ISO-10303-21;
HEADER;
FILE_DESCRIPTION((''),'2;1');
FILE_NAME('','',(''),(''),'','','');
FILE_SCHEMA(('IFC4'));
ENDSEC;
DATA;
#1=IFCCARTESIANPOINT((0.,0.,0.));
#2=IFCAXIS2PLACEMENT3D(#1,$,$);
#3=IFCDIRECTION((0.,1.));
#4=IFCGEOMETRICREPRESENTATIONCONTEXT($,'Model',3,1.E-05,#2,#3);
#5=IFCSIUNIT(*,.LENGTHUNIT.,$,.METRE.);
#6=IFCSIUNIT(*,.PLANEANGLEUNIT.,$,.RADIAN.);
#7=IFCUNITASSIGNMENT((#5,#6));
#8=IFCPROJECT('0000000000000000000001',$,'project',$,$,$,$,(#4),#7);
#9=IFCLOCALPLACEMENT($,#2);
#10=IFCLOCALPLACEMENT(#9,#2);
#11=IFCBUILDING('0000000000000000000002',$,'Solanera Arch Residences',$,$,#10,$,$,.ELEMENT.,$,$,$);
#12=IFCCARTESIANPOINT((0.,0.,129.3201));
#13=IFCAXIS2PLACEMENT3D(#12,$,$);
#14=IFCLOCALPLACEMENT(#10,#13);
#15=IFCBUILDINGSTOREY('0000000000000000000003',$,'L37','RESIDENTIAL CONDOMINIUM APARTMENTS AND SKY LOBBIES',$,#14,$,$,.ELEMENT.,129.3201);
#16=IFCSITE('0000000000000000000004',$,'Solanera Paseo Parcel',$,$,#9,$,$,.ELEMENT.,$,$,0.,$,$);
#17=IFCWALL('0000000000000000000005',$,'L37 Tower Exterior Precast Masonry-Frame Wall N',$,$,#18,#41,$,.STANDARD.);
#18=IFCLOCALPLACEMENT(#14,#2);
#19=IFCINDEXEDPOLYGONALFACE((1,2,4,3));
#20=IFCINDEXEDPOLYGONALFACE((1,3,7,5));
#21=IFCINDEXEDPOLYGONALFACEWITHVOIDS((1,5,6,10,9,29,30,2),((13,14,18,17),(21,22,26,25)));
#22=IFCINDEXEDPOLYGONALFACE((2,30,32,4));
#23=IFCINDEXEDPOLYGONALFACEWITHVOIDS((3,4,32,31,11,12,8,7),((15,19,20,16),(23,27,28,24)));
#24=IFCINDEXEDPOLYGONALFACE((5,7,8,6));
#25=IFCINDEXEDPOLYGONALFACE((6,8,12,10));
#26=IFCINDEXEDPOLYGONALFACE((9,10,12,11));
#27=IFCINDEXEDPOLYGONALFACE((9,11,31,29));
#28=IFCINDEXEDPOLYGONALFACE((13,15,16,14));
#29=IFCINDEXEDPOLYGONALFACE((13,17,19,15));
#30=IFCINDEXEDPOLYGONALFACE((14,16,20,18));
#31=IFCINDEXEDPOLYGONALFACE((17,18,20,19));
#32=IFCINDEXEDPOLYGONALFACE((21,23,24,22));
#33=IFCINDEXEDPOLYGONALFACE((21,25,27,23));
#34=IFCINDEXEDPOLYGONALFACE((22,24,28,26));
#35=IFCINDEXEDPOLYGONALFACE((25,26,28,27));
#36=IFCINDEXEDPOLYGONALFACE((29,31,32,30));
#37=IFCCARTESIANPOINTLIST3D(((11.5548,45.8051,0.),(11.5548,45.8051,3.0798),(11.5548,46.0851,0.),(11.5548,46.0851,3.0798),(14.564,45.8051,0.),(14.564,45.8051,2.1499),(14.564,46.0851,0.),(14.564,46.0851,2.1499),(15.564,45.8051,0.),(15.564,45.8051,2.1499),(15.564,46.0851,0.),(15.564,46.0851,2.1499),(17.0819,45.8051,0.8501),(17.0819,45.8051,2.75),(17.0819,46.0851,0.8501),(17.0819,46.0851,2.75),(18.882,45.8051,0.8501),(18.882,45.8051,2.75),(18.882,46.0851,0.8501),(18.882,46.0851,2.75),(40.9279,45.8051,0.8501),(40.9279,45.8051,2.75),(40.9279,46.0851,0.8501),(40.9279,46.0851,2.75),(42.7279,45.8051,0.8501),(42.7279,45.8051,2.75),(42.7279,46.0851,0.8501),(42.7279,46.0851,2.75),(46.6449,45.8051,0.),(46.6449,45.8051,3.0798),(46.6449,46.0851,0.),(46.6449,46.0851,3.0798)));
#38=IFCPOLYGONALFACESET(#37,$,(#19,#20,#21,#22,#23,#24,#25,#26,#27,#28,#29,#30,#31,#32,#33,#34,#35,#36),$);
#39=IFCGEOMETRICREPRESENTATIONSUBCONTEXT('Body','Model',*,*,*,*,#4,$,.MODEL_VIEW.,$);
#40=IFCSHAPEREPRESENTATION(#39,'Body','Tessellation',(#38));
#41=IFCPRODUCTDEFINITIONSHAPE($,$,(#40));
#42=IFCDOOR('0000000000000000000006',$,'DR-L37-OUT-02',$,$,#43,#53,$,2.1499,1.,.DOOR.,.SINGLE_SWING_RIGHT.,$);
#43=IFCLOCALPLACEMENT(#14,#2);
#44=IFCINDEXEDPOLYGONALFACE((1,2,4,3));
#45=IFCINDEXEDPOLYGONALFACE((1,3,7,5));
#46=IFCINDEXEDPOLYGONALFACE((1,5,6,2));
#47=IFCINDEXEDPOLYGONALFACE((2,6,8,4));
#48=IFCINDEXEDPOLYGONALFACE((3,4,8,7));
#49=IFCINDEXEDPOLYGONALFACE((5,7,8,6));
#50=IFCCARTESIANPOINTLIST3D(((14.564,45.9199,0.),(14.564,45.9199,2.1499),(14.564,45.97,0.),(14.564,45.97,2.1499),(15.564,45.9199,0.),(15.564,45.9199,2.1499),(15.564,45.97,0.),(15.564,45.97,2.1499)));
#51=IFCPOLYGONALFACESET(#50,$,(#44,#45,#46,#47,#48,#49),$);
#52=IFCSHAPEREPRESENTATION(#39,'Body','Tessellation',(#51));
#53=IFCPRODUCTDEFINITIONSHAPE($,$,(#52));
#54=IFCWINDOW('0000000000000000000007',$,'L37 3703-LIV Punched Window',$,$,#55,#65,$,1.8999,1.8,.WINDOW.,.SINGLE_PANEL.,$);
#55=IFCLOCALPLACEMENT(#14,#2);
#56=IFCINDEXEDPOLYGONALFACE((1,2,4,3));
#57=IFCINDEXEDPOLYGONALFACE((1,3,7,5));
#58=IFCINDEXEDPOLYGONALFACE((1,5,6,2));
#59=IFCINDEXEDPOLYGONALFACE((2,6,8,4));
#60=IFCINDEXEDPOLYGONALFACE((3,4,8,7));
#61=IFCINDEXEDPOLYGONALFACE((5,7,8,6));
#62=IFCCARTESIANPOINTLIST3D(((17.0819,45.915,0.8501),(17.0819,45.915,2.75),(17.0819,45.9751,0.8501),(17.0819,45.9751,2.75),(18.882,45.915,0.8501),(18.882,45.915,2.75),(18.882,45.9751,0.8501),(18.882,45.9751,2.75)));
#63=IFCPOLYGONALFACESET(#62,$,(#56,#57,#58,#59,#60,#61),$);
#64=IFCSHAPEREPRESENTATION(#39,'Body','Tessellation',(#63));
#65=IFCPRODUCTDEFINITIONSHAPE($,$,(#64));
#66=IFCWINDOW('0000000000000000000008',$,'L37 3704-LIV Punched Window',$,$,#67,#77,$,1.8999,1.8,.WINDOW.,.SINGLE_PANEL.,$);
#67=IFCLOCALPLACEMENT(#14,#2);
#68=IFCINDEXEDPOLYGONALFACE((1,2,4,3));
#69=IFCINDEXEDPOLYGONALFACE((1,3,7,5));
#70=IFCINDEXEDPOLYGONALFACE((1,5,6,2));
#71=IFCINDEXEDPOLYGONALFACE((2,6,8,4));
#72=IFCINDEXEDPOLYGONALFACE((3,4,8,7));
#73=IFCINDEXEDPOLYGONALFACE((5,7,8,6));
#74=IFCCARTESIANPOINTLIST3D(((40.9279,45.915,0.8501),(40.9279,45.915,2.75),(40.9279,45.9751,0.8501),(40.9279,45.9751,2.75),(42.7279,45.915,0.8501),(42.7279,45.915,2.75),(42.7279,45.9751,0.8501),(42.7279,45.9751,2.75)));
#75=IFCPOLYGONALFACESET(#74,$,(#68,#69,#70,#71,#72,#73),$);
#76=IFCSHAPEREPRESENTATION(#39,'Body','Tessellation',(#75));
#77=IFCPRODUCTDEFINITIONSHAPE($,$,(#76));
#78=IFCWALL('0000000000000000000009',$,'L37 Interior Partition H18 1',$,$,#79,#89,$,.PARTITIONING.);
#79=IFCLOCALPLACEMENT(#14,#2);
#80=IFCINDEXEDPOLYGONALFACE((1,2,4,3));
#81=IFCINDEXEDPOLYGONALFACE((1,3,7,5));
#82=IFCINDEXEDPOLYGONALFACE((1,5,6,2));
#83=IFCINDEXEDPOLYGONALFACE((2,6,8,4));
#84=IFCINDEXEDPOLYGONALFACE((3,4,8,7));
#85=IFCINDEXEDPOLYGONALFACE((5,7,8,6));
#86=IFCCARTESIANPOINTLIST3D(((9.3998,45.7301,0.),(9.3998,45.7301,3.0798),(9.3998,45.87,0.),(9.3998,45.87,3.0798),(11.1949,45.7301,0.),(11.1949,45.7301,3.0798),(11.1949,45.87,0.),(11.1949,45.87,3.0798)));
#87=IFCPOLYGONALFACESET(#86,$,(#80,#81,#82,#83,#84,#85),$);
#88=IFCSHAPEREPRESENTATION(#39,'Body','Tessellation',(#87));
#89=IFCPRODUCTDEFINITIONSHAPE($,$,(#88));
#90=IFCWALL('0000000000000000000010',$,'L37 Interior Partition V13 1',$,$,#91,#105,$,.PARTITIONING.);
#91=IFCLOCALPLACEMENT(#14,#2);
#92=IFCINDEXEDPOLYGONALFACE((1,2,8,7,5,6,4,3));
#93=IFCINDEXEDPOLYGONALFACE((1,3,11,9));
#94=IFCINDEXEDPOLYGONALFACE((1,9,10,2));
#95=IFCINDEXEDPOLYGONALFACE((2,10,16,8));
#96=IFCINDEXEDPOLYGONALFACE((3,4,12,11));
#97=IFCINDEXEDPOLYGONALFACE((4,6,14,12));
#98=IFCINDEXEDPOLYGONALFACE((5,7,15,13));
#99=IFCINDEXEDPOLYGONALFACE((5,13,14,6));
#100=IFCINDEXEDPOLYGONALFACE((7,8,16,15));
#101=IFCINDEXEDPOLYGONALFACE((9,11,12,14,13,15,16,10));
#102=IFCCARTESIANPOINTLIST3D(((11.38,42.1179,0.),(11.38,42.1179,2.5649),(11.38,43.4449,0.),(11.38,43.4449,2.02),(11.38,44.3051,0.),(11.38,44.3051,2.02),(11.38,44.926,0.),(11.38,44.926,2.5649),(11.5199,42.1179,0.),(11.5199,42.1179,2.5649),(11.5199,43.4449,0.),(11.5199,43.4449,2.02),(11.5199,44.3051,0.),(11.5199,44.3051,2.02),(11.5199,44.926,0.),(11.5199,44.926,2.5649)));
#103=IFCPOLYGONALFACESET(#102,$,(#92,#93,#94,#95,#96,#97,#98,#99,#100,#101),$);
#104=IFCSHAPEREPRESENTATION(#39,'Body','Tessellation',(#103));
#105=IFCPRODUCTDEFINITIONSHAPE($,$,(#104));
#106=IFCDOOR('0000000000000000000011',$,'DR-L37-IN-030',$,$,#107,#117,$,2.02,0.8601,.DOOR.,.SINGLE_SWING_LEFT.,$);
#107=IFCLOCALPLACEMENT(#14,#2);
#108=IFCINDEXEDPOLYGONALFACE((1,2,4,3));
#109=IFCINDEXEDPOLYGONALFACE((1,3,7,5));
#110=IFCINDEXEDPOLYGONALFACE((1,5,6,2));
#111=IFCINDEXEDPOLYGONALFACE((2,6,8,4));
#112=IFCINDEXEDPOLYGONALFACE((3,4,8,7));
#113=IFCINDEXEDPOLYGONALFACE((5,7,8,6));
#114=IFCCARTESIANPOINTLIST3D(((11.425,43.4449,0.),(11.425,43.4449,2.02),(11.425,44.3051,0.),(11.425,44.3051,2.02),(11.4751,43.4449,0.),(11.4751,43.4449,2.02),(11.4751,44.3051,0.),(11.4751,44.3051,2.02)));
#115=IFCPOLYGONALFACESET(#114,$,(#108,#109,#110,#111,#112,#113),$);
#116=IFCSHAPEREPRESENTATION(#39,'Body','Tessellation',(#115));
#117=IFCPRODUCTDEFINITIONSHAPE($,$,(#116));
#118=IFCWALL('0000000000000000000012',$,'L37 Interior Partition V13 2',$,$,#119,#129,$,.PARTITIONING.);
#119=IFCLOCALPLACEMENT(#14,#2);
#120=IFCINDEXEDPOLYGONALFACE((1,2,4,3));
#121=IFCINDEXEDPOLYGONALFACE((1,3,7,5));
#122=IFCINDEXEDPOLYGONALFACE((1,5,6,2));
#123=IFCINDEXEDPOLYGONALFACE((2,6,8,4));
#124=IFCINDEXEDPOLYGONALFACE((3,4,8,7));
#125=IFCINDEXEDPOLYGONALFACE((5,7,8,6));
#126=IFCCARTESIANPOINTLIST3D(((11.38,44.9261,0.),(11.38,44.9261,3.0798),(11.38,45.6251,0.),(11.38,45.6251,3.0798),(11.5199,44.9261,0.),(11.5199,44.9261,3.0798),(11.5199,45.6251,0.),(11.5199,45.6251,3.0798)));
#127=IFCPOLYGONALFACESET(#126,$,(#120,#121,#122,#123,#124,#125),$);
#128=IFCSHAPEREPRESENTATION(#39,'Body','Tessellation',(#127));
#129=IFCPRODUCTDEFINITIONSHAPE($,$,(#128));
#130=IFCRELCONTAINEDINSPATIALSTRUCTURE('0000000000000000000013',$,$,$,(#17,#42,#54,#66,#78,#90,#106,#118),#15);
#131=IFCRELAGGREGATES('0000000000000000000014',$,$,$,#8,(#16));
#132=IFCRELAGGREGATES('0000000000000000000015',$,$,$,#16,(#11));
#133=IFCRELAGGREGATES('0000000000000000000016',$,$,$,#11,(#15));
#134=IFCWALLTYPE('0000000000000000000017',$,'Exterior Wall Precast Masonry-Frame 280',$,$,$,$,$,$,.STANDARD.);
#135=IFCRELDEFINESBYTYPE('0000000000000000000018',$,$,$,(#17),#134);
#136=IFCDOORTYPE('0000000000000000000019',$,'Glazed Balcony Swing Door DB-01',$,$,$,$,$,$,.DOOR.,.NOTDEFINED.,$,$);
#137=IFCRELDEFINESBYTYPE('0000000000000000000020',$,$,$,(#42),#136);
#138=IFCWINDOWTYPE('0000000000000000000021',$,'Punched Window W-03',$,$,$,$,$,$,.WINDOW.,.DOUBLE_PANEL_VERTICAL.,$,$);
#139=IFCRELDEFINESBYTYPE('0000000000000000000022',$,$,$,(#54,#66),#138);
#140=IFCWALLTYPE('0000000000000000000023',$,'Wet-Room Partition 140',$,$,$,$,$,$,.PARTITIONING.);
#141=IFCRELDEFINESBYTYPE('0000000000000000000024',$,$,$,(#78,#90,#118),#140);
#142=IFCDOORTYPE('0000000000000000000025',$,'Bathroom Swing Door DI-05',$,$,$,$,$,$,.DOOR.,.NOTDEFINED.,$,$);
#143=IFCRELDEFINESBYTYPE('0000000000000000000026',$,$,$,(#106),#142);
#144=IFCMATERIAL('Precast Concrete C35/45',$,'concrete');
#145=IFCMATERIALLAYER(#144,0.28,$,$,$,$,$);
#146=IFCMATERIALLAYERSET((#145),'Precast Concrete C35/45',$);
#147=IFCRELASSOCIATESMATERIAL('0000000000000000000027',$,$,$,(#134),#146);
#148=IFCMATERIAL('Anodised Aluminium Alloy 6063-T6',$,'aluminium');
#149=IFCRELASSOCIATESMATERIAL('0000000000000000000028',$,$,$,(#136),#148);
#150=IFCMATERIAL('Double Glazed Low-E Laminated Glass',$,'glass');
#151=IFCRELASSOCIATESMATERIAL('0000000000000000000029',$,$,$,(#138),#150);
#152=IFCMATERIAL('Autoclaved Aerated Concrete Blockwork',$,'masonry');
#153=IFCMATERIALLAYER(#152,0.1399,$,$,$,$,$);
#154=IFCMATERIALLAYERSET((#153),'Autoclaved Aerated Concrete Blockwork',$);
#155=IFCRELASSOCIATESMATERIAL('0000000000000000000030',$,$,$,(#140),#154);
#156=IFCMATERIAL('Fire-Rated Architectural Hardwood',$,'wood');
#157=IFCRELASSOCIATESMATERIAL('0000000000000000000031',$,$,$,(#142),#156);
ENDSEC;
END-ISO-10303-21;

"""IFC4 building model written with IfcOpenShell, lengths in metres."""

from ifc_helpers import new_model, si_unit, direction, frame, frame_2d, origin, place, context, subcontext, project, spatial, rectangle, extrude, material, layer, layer_set, type_object, element, fill, save


model = new_model("IFC4")

# Units and contexts
model_context = context("Model", 3, precision=1e-05, world=origin(), true_north=direction((0.0, 1.0)))
body_context = subcontext(model_context, "Body", "Model", "MODEL_VIEW")
ifc_project = project(units=[si_unit("LENGTHUNIT", "METRE"), si_unit("PLANEANGLEUNIT", "RADIAN")], contexts=[model_context])

# Site, building, storey
site_placement = place(None, origin())
site = spatial("IfcSite", under=ifc_project, at=site_placement, Name="Solanera Paseo Parcel", CompositionType="ELEMENT", RefElevation=0.0)
building_placement = place(site_placement, origin())
building = spatial("IfcBuilding", under=site, at=building_placement, Name="Solanera Arch Residences", CompositionType="ELEMENT")
storey_placement = place(building_placement, frame((0.0, 0.0, 129.3201)))
storey = spatial("IfcBuildingStorey", under=building, at=storey_placement, Name="L37", Description="RESIDENTIAL CONDOMINIUM APARTMENTS AND SKY LOBBIES", CompositionType="ELEMENT", Elevation=129.3201)

# Shared definitions
ifc_material_1 = material(Name="Precast Concrete C35/45", Category="concrete")
ifc_layer_1 = layer(ifc_material_1, 0.28)
ifc_layer_set_1 = layer_set([ifc_layer_1], Name="Precast Concrete C35/45")
wall_type_1 = type_object("IfcWallType", Name="Exterior Wall Precast Masonry-Frame 280", PredefinedType="STANDARD", material=ifc_layer_set_1)

# Wall, openings, door, windows
wall_1_placement = place(storey_placement, frame((11.5549, 45.9451, 0.0), z_axis=(0.0, 0.0, 1.0), x_axis=(1.0, 0.0, 0.0)))
wall_1 = element("IfcWall", 1, at=wall_1_placement, inside=storey, type_object=wall_type_1, Name="L37 Tower Exterior Precast Masonry-Frame Wall N", PredefinedType="STANDARD", context=body_context, shape_type="SweptSolid", body=[
    extrude(rectangle(XDim=35.0901, YDim=0.28, at=frame_2d((17.5449, 0.0))), origin(), (0.0, 0.0, 1.0), 3.0798),
])
opening_1_placement = place(wall_1_placement, frame((3.009, 0.0, 0.0)))
opening_1 = element("IfcOpeningElement", 2, at=opening_1_placement, cuts=wall_1, PredefinedType="OPENING", context=body_context, shape_type="SweptSolid", body=[
    extrude(rectangle(XDim=1.0, YDim=2.1499, at=frame_2d((0.5, 1.075))), frame((0.0, 0.1499, 0.0), z_axis=(0.0, -1.0, 0.0), x_axis=(1.0, 0.0, 0.0)), (0.0, 0.0, 1.0), 0.3),
])
opening_2_placement = place(wall_1_placement, frame((5.5271, 0.0, 0.8501)))
opening_2 = element("IfcOpeningElement", 3, at=opening_2_placement, cuts=wall_1, PredefinedType="OPENING", context=body_context, shape_type="SweptSolid", body=[
    extrude(rectangle(XDim=1.8, YDim=1.8999, at=frame_2d((0.8999, 0.95))), frame((0.0, 0.1499, 0.0), z_axis=(0.0, -1.0, 0.0), x_axis=(1.0, 0.0, 0.0)), (0.0, 0.0, 1.0), 0.3),
])
opening_3_placement = place(wall_1_placement, frame((29.373, 0.0, 0.8501)))
opening_3 = element("IfcOpeningElement", 4, at=opening_3_placement, cuts=wall_1, PredefinedType="OPENING", context=body_context, shape_type="SweptSolid", body=[
    extrude(rectangle(XDim=1.8, YDim=1.8999, at=frame_2d((0.8999, 0.95))), frame((0.0, 0.1499, 0.0), z_axis=(0.0, -1.0, 0.0), x_axis=(1.0, 0.0, 0.0)), (0.0, 0.0, 1.0), 0.3),
])
ifc_material_2 = material(Name="Anodised Aluminium Alloy 6063-T6", Category="aluminium")
door_type_1 = type_object("IfcDoorType", Name="Glazed Balcony Swing Door DB-01", OperationType="NOTDEFINED", PredefinedType="DOOR", material=ifc_material_2)
door_1_placement = place(opening_1_placement, origin())
door_1 = element("IfcDoor", 5, at=door_1_placement, inside=storey, type_object=door_type_1, Name="DR-L37-OUT-02", OperationType="SINGLE_SWING_RIGHT", OverallHeight=2.1499, OverallWidth=1.0, PredefinedType="DOOR", context=body_context, shape_type="SweptSolid", body=[
    extrude(rectangle(XDim=1.0, YDim=2.1499, at=frame_2d((0.5, 1.075))), frame((0.0, 0.0249, 0.0), z_axis=(0.0, -1.0, 0.0), x_axis=(1.0, 0.0, 0.0)), (0.0, 0.0, 1.0), 0.05),
])
fill(opening_1, door_1)
ifc_material_3 = material(Name="Double Glazed Low-E Laminated Glass", Category="glass")
window_type = type_object("IfcWindowType", Name="Punched Window W-03", PartitioningType="DOUBLE_PANEL_VERTICAL", PredefinedType="WINDOW", material=ifc_material_3)
window_1_placement = place(opening_2_placement, origin())
window_1 = element("IfcWindow", 6, at=window_1_placement, inside=storey, type_object=window_type, Name="L37 3703-LIV Punched Window", OverallHeight=1.8999, OverallWidth=1.8, PartitioningType="SINGLE_PANEL", PredefinedType="WINDOW", context=body_context, shape_type="SweptSolid", body=[
    extrude(rectangle(XDim=1.8, YDim=1.8999, at=frame_2d((0.8999, 0.95))), frame((0.0, 0.03, 0.0), z_axis=(0.0, -1.0, 0.0), x_axis=(1.0, 0.0, 0.0)), (0.0, 0.0, 1.0), 0.0601),
])
fill(opening_2, window_1)
window_2_placement = place(opening_3_placement, origin())
window_2 = element("IfcWindow", 7, at=window_2_placement, inside=storey, type_object=window_type, Name="L37 3704-LIV Punched Window", OverallHeight=1.8999, OverallWidth=1.8, PartitioningType="SINGLE_PANEL", PredefinedType="WINDOW", context=body_context, shape_type="SweptSolid", body=[
    extrude(rectangle(XDim=1.8, YDim=1.8999, at=frame_2d((0.8999, 0.95))), frame((0.0, 0.03, 0.0), z_axis=(0.0, -1.0, 0.0), x_axis=(1.0, 0.0, 0.0)), (0.0, 0.0, 1.0), 0.0601),
])
fill(opening_3, window_2)

# Wall
ifc_material_4 = material(Name="Autoclaved Aerated Concrete Blockwork", Category="masonry")
ifc_layer_2 = layer(ifc_material_4, 0.1399)
ifc_layer_set_2 = layer_set([ifc_layer_2], Name="Autoclaved Aerated Concrete Blockwork")
wall_type_2 = type_object("IfcWallType", Name="Wet-Room Partition 140", PredefinedType="PARTITIONING", material=ifc_layer_set_2)
wall_2_placement = place(storey_placement, frame((9.3999, 45.8, 0.0), z_axis=(0.0, 0.0, 1.0), x_axis=(1.0, 0.0, 0.0)))
element("IfcWall", 8, at=wall_2_placement, inside=storey, type_object=wall_type_2, Name="L37 Interior Partition H18 1", PredefinedType="PARTITIONING", context=body_context, shape_type="SweptSolid", body=[
    extrude(rectangle(XDim=1.7952, YDim=0.1399, at=frame_2d((0.8975, 0.0))), origin(), (0.0, 0.0, 1.0), 3.0798),
])

# Wall, opening, door
wall_3_placement = place(storey_placement, frame((11.45, 42.1179, 0.0), z_axis=(0.0, 0.0, 1.0), x_axis=(0.0, 1.0, 0.0)))
wall_3 = element("IfcWall", 9, at=wall_3_placement, inside=storey, type_object=wall_type_2, Name="L37 Interior Partition V13 1", PredefinedType="PARTITIONING", context=body_context, shape_type="SweptSolid", body=[
    extrude(rectangle(XDim=2.8081, YDim=0.1399, at=frame_2d((1.4041, 0.0))), origin(), (0.0, 0.0, 1.0), 2.5649),
])
opening_4_placement = place(wall_3_placement, frame((1.3269, 0.0, 0.0)))
opening_4 = element("IfcOpeningElement", 10, at=opening_4_placement, cuts=wall_3, PredefinedType="OPENING", context=body_context, shape_type="SweptSolid", body=[
    extrude(rectangle(XDim=0.8601, YDim=2.02, at=frame_2d((0.4302, 1.01))), frame((0.0, 0.0798, 0.0), z_axis=(0.0, -1.0, 0.0), x_axis=(1.0, 0.0, 0.0)), (0.0, 0.0, 1.0), 0.1599),
])
ifc_material_5 = material(Name="Fire-Rated Architectural Hardwood", Category="wood")
door_type_2 = type_object("IfcDoorType", Name="Bathroom Swing Door DI-05", OperationType="NOTDEFINED", PredefinedType="DOOR", material=ifc_material_5)
door_2_placement = place(opening_4_placement, origin())
door_2 = element("IfcDoor", 11, at=door_2_placement, inside=storey, type_object=door_type_2, Name="DR-L37-IN-030", OperationType="SINGLE_SWING_LEFT", OverallHeight=2.02, OverallWidth=0.8601, PredefinedType="DOOR", context=body_context, shape_type="SweptSolid", body=[
    extrude(rectangle(XDim=0.8601, YDim=2.02, at=frame_2d((0.4302, 1.01))), frame((0.0, 0.0249, 0.0), z_axis=(0.0, -1.0, 0.0), x_axis=(1.0, 0.0, 0.0)), (0.0, 0.0, 1.0), 0.05),
])
fill(opening_4, door_2)

# Wall
wall_4_placement = place(storey_placement, frame((11.45, 44.926, 0.0), z_axis=(0.0, 0.0, 1.0), x_axis=(0.0, 1.0, 0.0)))
element("IfcWall", 12, at=wall_4_placement, inside=storey, type_object=wall_type_2, Name="L37 Interior Partition V13 2", PredefinedType="PARTITIONING", context=body_context, shape_type="SweptSolid", body=[
    extrude(rectangle(XDim=0.699, YDim=0.1399, at=frame_2d((0.3496, 0.0))), origin(), (0.0, 0.0, 1.0), 3.0798),
])

save(model, "model.ifc")
